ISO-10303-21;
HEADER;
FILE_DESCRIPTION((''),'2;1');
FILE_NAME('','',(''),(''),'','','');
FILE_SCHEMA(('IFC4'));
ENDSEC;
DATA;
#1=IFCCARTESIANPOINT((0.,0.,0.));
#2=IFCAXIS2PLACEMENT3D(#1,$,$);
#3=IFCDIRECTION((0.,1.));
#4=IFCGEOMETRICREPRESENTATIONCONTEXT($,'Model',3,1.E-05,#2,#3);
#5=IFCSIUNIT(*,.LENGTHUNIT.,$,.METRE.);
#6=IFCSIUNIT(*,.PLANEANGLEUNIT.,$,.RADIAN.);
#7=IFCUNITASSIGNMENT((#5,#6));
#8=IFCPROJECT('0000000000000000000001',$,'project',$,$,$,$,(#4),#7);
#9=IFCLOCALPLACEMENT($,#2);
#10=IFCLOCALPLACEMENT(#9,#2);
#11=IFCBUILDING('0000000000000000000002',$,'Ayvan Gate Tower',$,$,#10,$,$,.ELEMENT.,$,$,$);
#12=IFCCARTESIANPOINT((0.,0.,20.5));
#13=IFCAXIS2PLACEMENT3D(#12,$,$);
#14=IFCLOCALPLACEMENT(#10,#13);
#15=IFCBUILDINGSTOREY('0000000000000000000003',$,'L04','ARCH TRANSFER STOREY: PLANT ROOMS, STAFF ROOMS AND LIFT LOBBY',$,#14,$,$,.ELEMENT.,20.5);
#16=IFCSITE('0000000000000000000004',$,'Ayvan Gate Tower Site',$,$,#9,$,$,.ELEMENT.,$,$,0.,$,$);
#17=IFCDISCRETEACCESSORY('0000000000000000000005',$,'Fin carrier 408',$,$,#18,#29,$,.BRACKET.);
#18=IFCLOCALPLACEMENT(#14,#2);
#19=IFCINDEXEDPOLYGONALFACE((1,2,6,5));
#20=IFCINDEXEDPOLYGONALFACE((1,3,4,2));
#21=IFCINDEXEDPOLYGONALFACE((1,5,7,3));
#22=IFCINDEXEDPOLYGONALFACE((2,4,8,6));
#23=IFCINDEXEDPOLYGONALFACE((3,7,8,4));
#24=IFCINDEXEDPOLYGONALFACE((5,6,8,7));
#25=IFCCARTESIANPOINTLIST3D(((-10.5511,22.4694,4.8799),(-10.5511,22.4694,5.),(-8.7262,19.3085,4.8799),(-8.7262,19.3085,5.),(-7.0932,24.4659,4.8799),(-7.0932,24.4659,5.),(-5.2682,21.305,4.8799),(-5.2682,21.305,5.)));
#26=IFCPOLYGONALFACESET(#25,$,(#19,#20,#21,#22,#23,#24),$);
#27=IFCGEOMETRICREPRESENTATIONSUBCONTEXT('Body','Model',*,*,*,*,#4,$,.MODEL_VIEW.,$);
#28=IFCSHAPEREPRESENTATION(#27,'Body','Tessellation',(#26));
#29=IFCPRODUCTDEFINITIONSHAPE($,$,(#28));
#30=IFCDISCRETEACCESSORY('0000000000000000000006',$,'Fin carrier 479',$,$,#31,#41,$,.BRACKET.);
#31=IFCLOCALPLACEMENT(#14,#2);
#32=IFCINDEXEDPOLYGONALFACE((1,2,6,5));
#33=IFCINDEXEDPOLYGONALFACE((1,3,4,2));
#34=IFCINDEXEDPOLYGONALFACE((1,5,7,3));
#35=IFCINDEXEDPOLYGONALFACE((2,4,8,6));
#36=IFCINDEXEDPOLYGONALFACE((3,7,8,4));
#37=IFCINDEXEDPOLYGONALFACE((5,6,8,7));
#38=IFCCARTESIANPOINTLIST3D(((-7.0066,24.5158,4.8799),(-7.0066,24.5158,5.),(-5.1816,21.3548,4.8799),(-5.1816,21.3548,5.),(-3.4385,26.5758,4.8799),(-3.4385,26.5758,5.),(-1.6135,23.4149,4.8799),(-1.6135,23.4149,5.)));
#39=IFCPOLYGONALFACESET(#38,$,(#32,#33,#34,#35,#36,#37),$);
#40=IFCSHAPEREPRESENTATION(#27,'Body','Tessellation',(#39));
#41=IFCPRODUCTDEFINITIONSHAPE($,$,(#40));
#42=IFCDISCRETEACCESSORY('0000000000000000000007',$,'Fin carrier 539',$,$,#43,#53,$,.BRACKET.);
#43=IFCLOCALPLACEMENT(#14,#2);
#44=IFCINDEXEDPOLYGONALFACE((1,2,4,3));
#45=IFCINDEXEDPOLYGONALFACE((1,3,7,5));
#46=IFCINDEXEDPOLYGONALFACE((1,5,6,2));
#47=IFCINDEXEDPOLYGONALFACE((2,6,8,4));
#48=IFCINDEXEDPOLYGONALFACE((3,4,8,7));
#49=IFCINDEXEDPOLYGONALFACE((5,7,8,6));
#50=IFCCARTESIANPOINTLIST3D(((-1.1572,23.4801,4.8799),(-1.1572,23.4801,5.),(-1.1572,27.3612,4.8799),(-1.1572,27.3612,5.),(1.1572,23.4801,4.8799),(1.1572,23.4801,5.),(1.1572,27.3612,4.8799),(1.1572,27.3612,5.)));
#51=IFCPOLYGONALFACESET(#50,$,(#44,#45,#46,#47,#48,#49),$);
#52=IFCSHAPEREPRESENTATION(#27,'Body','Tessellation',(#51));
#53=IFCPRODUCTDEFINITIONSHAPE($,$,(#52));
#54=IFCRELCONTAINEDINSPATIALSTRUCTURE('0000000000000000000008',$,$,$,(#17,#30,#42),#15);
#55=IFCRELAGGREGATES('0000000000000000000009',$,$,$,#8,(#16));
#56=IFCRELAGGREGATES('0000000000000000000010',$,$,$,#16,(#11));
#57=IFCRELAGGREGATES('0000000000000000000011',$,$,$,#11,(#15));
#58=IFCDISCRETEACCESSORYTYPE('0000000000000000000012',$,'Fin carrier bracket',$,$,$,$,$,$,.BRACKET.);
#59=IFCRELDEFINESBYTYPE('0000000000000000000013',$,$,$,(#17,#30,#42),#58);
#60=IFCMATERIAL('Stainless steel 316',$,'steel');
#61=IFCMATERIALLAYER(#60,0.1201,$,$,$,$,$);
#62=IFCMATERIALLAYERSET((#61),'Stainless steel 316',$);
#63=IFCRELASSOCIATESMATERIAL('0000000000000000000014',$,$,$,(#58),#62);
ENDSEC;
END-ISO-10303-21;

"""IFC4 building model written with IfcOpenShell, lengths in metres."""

from ifc_helpers import new_model, si_unit, direction, frame, origin, origin_2d, place, context, subcontext, project, spatial, rectangle, extrude, material, layer, layer_set, type_object, element, save


model = new_model("IFC4")

# Units and contexts
model_context = context("Model", 3, precision=1e-05, world=origin(), true_north=direction((0.0, 1.0)))
body_context = subcontext(model_context, "Body", "Model", "MODEL_VIEW")
ifc_project = project(units=[si_unit("LENGTHUNIT", "METRE"), si_unit("PLANEANGLEUNIT", "RADIAN")], contexts=[model_context])

# Site, building, storey
site_placement = place(None, origin())
site = spatial("IfcSite", under=ifc_project, at=site_placement, Name="Ayvan Gate Tower Site", CompositionType="ELEMENT", RefElevation=0.0)
building_placement = place(site_placement, origin())
building = spatial("IfcBuilding", under=site, at=building_placement, Name="Ayvan Gate Tower", CompositionType="ELEMENT")
storey_placement = place(building_placement, frame((0.0, 0.0, 20.5)))
storey = spatial("IfcBuildingStorey", under=building, at=storey_placement, Name="L04", Description="ARCH TRANSFER STOREY: PLANT ROOMS, STAFF ROOMS AND LIFT LOBBY", CompositionType="ELEMENT", Elevation=20.5)

# Discrete accessories
ifc_material_1 = material(Name="Stainless steel 316", Category="steel")
ifc_layer_1 = layer(ifc_material_1, 0.1201)
ifc_layer_set_1 = layer_set([ifc_layer_1], Name="Stainless steel 316")
discrete_accessory_type_1 = type_object("IfcDiscreteAccessoryType", Name="Fin carrier bracket", PredefinedType="BRACKET", material=ifc_layer_set_1)
discrete_accessory_1_placement = place(storey_placement, frame((-7.9097, 21.8872, 4.8799), z_axis=(0.0, 0.0, 1.0), x_axis=(-0.866025, -0.5, 0.0)))
element("IfcDiscreteAccessory", 1, at=discrete_accessory_1_placement, inside=storey, type_object=discrete_accessory_type_1, Name="Fin carrier 408", PredefinedType="BRACKET", context=body_context, shape_type="SweptSolid", body=[
    extrude(rectangle(XDim=3.9929, YDim=3.6499, at=origin_2d()), origin(), (0.0, 0.0, 1.0), 0.1201),
])
discrete_accessory_2_placement = place(storey_placement, frame((-4.3101, 23.9653, 4.8799), z_axis=(0.0, 0.0, 1.0), x_axis=(-0.866025, -0.5, 0.0)))
element("IfcDiscreteAccessory", 2, at=discrete_accessory_2_placement, inside=storey, type_object=discrete_accessory_type_1, Name="Fin carrier 479", PredefinedType="BRACKET", context=body_context, shape_type="SweptSolid", body=[
    extrude(rectangle(XDim=4.1201, YDim=3.6499, at=origin_2d()), origin(), (0.0, 0.0, 1.0), 0.1201),
])
discrete_accessory_3_placement = place(storey_placement, frame((0.0, 25.4207, 4.8799), z_axis=(0.0, 0.0, 1.0), x_axis=(-1.0, 0.0, 0.0)))
element("IfcDiscreteAccessory", 3, at=discrete_accessory_3_placement, inside=storey, type_object=discrete_accessory_type_1, Name="Fin carrier 539", PredefinedType="BRACKET", context=body_context, shape_type="SweptSolid", body=[
    extrude(rectangle(XDim=2.3145, YDim=3.8811, at=origin_2d()), origin(), (0.0, 0.0, 1.0), 0.1201),
])

save(model, "model.ifc")
